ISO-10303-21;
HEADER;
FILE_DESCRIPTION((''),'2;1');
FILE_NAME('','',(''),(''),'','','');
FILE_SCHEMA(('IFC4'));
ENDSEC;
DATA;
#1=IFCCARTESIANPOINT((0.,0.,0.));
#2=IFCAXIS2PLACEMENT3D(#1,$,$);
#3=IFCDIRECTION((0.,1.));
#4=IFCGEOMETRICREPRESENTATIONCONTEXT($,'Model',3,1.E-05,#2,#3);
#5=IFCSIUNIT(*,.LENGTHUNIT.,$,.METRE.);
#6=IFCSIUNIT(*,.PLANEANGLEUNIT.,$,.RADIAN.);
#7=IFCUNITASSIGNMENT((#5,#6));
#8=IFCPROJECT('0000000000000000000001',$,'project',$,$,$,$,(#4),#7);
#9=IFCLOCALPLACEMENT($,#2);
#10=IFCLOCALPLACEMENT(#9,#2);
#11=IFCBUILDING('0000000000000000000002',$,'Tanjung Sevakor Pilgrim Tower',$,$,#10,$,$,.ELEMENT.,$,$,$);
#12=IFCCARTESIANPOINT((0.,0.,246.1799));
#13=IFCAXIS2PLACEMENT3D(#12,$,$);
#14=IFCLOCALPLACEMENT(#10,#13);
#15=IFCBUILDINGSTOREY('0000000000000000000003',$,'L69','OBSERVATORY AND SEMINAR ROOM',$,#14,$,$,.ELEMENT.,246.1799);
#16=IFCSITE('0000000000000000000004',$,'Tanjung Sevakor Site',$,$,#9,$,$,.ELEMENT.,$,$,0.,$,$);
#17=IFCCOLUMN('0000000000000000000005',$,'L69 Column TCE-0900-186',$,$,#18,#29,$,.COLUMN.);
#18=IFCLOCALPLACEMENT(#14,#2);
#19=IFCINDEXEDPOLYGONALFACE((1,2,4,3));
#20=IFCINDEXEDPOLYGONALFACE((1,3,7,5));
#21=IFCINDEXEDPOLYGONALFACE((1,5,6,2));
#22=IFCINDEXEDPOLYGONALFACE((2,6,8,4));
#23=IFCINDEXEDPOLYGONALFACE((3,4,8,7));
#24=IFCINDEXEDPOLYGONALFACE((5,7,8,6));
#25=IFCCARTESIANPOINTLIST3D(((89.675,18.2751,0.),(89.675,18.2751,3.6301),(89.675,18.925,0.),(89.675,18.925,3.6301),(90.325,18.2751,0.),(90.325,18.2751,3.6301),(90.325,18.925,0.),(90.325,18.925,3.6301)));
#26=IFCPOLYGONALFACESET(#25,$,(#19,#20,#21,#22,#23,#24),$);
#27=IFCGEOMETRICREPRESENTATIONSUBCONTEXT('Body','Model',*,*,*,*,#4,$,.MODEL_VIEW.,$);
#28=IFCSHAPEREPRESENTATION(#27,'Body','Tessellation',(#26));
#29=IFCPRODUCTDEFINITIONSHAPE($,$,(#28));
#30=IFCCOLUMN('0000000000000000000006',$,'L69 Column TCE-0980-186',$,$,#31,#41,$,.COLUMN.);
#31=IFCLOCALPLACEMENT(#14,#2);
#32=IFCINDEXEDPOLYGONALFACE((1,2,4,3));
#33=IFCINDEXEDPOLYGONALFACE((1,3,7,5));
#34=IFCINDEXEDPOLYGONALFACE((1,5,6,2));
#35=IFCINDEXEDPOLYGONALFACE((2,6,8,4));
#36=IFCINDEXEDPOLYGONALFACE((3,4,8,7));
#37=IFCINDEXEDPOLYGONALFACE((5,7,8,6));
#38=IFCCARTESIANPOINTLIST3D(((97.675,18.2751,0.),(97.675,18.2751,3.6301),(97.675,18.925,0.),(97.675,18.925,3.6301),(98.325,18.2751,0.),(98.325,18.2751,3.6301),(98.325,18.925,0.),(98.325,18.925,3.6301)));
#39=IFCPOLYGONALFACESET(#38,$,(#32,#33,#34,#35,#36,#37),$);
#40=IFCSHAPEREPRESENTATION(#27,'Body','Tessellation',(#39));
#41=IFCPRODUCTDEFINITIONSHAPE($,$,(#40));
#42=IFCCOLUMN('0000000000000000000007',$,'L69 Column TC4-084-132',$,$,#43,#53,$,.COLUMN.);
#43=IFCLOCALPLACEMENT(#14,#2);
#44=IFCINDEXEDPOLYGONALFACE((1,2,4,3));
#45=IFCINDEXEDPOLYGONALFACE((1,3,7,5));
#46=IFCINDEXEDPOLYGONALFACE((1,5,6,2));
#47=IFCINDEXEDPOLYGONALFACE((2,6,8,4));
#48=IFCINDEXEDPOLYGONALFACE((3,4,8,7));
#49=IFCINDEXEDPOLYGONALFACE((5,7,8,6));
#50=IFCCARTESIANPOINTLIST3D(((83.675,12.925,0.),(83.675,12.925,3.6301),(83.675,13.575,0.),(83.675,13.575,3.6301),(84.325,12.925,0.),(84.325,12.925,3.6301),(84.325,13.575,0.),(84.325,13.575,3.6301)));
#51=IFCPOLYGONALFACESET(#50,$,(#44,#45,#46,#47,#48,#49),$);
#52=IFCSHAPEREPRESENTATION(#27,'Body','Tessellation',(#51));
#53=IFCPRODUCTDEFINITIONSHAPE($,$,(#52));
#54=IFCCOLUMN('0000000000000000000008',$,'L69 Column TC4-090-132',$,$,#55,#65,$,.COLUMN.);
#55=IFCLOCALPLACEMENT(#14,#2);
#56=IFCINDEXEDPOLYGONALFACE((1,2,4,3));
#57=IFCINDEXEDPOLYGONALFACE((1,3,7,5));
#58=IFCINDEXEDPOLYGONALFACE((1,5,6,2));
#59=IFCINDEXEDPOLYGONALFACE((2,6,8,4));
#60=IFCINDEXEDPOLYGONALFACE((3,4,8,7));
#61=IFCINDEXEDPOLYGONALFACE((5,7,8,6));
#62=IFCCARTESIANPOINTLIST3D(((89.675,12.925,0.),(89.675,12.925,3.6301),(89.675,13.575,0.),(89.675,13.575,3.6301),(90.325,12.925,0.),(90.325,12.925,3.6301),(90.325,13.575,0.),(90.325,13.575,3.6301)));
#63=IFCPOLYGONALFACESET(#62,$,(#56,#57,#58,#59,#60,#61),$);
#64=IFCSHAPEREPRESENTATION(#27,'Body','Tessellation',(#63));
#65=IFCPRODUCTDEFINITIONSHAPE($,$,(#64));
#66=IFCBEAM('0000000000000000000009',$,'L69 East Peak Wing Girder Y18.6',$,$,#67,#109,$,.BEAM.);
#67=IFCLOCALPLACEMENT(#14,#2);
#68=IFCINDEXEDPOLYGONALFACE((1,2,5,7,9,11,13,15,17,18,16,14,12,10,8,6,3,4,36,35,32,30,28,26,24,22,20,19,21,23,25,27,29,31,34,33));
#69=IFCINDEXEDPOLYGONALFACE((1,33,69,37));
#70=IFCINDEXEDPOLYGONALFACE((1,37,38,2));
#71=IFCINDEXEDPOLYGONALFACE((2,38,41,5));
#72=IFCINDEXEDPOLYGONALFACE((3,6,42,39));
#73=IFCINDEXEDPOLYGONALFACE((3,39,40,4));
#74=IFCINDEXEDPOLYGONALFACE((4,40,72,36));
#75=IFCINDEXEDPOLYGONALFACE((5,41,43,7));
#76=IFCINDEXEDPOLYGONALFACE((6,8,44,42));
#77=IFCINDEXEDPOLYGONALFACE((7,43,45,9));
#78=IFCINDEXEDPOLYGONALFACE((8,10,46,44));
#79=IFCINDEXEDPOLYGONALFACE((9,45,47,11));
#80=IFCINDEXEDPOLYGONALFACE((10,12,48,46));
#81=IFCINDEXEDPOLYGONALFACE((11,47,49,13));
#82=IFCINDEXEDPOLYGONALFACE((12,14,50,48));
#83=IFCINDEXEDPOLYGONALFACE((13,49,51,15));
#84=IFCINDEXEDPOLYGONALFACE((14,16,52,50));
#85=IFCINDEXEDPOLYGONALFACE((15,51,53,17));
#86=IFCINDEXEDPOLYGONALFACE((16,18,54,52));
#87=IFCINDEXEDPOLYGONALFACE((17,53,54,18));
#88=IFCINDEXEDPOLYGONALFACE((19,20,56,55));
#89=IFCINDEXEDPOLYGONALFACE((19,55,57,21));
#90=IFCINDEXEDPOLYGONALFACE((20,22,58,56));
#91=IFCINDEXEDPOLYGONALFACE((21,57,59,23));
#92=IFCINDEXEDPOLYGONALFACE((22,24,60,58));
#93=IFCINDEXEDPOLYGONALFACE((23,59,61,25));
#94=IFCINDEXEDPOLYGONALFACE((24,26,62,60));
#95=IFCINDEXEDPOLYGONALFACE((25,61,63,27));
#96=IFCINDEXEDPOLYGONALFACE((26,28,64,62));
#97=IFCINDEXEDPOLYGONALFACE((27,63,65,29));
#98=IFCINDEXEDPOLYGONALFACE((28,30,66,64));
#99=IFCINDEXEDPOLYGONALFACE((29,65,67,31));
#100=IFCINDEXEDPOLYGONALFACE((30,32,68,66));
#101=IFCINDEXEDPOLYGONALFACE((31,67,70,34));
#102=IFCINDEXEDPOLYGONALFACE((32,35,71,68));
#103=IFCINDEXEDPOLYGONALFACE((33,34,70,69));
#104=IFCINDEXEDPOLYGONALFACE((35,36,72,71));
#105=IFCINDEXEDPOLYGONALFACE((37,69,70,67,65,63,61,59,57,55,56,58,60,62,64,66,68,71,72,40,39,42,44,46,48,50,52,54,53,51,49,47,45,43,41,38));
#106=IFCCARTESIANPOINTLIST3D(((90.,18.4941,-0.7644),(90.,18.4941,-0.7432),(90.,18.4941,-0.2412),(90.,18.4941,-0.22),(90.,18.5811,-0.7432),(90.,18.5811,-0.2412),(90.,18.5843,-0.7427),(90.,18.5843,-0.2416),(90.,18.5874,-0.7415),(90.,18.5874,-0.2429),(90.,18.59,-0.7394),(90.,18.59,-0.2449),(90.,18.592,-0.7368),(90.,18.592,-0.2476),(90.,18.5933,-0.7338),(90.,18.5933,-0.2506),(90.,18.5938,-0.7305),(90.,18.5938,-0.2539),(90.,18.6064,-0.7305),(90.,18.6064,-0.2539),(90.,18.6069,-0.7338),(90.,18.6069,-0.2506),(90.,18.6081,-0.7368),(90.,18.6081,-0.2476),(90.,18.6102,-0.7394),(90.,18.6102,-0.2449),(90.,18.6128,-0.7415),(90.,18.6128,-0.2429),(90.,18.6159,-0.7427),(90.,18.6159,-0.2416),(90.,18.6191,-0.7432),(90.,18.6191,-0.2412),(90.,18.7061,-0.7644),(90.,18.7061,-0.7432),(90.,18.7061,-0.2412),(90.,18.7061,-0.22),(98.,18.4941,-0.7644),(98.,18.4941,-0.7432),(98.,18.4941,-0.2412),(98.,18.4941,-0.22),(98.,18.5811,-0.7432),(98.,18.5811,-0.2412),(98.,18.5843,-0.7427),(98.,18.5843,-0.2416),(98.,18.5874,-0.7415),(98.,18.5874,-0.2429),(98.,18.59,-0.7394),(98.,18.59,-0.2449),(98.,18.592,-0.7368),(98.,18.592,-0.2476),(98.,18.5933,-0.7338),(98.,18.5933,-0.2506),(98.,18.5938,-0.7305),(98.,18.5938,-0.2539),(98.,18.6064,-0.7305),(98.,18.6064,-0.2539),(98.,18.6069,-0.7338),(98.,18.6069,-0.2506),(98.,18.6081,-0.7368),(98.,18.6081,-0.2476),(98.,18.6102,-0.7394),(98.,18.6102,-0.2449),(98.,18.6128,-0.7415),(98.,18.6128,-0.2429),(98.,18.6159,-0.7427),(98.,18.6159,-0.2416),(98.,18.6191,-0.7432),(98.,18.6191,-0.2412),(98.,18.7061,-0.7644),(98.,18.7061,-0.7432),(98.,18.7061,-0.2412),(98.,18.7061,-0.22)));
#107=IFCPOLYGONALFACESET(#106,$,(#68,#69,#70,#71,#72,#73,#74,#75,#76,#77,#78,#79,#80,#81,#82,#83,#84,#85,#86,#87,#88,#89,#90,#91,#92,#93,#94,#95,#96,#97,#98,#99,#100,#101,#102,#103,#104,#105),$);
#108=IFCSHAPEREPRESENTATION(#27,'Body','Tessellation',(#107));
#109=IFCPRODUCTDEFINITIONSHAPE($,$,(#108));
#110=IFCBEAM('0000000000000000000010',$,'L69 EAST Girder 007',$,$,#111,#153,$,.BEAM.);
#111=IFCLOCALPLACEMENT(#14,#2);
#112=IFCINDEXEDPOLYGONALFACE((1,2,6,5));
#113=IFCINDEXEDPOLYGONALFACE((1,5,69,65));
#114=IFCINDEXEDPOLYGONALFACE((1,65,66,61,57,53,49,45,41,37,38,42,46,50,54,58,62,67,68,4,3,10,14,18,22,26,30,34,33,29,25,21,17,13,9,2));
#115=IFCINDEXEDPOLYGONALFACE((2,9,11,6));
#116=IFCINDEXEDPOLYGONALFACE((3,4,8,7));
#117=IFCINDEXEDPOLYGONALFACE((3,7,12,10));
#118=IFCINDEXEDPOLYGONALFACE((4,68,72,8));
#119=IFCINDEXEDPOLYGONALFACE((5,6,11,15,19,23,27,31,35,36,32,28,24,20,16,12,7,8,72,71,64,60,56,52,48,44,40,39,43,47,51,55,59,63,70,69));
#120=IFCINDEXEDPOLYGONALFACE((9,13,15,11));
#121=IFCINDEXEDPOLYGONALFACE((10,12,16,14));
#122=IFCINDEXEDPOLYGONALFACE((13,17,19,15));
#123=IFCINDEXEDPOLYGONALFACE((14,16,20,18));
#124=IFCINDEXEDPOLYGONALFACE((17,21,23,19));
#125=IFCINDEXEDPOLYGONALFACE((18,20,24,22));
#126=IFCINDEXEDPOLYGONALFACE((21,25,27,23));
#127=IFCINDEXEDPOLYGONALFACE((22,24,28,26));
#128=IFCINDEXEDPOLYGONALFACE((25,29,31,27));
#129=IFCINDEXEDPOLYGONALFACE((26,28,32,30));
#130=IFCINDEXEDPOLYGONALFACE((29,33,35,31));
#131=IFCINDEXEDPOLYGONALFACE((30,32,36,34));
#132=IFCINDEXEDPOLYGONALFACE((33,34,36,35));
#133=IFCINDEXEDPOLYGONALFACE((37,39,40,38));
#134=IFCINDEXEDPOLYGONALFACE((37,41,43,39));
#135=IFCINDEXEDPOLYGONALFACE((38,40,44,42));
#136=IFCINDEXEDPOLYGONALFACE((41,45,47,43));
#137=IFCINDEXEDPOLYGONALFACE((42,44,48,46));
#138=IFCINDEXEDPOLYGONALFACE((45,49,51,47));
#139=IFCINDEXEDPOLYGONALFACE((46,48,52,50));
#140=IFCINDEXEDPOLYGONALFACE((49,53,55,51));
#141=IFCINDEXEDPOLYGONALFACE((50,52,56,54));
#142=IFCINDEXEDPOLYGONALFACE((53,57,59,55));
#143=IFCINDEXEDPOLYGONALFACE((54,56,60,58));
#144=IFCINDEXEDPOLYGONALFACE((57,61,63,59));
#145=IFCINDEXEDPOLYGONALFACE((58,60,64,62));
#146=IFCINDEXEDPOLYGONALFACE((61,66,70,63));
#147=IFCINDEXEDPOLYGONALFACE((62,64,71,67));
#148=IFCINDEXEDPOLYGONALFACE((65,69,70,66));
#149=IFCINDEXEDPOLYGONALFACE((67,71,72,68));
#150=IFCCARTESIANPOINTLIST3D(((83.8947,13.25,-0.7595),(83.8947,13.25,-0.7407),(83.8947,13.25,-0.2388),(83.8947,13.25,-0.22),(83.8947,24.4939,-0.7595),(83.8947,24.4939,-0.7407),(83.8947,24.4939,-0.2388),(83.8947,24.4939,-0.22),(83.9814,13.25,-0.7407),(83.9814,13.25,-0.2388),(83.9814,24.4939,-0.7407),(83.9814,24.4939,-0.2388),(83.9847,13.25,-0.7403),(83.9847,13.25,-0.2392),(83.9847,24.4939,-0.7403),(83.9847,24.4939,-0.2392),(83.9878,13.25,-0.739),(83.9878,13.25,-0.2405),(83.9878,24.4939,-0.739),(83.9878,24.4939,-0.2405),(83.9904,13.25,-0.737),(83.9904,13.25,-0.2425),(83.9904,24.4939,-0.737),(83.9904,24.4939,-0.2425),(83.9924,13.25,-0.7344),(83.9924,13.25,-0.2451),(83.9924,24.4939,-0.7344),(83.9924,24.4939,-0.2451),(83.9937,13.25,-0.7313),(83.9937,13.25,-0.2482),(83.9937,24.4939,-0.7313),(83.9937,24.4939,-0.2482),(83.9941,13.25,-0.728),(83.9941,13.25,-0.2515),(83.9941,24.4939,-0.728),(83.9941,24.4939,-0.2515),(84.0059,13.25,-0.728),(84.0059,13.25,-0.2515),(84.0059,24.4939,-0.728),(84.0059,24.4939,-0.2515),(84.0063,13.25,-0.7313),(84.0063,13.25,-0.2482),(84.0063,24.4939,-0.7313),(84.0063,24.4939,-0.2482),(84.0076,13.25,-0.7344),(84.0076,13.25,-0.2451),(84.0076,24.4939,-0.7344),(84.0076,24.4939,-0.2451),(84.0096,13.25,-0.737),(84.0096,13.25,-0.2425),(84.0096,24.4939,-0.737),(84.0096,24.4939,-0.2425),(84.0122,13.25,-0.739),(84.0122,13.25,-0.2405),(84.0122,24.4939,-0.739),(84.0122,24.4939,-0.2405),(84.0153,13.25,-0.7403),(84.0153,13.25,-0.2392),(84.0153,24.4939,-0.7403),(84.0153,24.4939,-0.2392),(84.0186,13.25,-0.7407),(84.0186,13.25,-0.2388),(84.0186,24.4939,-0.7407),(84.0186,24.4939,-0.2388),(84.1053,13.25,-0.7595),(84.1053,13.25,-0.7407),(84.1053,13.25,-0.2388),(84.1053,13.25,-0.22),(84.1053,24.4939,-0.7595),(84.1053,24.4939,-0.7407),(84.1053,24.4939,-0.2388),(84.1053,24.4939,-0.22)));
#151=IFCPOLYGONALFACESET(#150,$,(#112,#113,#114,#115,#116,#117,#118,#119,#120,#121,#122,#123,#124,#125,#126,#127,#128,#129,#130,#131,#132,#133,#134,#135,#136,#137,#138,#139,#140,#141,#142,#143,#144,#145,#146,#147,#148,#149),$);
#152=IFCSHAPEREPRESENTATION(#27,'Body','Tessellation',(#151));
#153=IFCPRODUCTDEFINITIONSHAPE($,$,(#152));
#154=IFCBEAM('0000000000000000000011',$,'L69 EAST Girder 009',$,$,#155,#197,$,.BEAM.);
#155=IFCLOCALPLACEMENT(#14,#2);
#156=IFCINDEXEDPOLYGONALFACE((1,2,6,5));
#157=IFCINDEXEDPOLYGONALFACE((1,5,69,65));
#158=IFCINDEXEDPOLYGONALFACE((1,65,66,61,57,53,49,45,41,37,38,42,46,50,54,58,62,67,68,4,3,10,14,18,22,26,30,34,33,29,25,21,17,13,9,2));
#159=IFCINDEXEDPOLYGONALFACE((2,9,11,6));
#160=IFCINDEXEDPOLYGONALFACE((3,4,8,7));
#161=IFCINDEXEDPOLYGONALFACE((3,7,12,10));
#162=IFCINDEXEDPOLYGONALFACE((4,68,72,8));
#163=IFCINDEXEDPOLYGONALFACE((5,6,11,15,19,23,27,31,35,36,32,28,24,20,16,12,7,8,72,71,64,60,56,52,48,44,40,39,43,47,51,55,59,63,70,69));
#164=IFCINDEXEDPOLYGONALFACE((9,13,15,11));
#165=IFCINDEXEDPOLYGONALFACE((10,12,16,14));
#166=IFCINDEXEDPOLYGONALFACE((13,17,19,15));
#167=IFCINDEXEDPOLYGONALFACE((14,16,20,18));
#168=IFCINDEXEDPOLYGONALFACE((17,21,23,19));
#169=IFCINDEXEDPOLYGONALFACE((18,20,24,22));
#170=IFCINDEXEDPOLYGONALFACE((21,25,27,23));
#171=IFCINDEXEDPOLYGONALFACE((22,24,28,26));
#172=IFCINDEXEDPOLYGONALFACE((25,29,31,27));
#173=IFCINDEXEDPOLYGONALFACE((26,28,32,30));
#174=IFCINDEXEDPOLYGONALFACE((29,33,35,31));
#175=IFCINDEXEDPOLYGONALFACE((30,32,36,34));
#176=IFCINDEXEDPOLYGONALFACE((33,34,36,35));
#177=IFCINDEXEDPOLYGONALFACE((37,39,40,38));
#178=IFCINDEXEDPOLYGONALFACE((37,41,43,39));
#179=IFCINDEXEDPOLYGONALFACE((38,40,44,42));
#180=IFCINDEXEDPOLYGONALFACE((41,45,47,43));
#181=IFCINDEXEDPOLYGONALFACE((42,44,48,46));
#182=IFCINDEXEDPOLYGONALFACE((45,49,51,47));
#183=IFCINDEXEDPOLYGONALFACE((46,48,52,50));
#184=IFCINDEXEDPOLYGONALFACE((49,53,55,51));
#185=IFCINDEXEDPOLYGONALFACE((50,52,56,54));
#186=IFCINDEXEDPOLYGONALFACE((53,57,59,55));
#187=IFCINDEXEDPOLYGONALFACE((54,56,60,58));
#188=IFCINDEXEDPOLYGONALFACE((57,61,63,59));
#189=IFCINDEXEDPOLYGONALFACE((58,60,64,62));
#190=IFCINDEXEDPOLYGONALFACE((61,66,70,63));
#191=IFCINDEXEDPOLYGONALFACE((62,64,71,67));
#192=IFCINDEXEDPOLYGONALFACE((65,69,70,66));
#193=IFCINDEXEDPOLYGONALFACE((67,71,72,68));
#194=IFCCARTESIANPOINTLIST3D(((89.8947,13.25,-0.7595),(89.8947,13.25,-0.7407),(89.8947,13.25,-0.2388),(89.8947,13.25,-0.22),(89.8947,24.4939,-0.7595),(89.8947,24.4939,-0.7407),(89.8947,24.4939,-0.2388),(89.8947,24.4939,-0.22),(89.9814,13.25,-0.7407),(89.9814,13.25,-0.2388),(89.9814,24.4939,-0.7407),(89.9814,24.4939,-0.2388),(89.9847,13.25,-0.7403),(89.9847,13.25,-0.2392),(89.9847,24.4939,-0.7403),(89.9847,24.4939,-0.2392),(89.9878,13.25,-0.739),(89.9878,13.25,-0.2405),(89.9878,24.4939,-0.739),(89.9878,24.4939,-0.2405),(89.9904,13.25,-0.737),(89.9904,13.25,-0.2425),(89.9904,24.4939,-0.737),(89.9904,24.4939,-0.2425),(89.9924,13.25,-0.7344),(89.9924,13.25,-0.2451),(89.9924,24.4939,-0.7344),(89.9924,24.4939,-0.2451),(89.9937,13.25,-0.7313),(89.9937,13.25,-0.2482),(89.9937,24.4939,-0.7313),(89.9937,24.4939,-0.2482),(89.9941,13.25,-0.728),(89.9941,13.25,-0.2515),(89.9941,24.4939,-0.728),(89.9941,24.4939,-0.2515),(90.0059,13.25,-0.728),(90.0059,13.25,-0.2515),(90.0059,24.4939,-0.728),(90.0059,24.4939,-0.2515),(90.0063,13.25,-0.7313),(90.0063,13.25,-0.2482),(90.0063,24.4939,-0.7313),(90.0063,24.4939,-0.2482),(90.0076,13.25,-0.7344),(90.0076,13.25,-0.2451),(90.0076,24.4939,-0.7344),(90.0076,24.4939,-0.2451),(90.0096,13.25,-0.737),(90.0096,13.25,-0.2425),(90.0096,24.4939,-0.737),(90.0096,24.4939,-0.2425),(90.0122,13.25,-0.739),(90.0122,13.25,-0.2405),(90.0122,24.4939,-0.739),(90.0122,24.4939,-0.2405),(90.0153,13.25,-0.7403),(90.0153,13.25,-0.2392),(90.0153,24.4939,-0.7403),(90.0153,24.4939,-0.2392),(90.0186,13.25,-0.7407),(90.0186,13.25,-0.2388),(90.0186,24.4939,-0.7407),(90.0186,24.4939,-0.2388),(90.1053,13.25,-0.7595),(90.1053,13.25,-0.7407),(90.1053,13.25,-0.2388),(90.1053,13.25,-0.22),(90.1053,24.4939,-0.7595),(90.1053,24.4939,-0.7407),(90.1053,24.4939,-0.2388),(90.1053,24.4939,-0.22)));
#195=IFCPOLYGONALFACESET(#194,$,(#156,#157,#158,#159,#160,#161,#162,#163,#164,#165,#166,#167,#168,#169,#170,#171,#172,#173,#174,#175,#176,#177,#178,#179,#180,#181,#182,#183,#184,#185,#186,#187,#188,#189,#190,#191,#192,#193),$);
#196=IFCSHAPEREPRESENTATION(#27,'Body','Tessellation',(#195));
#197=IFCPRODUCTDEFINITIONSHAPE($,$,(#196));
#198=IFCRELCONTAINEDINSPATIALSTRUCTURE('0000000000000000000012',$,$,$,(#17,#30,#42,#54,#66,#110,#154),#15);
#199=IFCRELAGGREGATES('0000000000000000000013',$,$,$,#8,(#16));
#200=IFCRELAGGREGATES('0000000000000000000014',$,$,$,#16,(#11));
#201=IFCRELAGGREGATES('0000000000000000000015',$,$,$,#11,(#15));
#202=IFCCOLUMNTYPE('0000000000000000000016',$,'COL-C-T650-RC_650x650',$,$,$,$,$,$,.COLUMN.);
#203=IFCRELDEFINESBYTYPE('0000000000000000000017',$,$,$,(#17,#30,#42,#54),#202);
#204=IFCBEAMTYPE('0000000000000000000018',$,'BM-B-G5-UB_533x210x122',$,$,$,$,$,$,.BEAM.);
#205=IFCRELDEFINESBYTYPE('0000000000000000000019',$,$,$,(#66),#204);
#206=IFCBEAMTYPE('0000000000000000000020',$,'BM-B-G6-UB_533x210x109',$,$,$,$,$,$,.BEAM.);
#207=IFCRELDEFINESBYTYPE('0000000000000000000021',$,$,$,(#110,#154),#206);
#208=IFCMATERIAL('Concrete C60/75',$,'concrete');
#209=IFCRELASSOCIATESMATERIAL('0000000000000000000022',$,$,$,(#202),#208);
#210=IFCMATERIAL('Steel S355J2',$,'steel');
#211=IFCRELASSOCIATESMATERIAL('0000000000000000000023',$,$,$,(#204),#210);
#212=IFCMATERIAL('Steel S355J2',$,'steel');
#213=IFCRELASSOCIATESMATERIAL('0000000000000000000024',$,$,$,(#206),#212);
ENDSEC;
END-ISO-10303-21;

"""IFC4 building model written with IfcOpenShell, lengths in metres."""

from ifc_helpers import new_model, si_unit, direction, frame, origin, origin_2d, place, context, subcontext, project, spatial, rectangle, i_section, extrude, material, material_profile, profile_set, type_object, element, save


model = new_model("IFC4")

# Units and contexts
model_context = context("Model", 3, precision=1e-05, world=origin(), true_north=direction((0.0, 1.0)))
body_context = subcontext(model_context, "Body", "Model", "MODEL_VIEW")
ifc_project = project(units=[si_unit("LENGTHUNIT", "METRE"), si_unit("PLANEANGLEUNIT", "RADIAN")], contexts=[model_context])

# Site, building, storey
site_placement = place(None, origin())
site = spatial("IfcSite", under=ifc_project, at=site_placement, Name="Tanjung Sevakor Site", CompositionType="ELEMENT", RefElevation=0.0)
building_placement = place(site_placement, origin())
building = spatial("IfcBuilding", under=site, at=building_placement, Name="Tanjung Sevakor Pilgrim Tower", CompositionType="ELEMENT")
storey_placement = place(building_placement, frame((0.0, 0.0, 246.1799)))
storey = spatial("IfcBuildingStorey", under=building, at=storey_placement, Name="L69", Description="OBSERVATORY AND SEMINAR ROOM", CompositionType="ELEMENT", Elevation=246.1799)

# Columns
ifc_material_1 = material(Name="Concrete C60/75", Category="concrete")
ifc_material_profile_1 = material_profile(ifc_material_1, rectangle(XDim=0.6499, YDim=0.6499, at=origin_2d()))
ifc_profile_set_1 = profile_set([ifc_material_profile_1], Name="Concrete C60/75")
column_type = type_object("IfcColumnType", Name="COL-C-T650-RC_650x650", PredefinedType="COLUMN", material=ifc_profile_set_1)
for number, where, z_axis, x_axis, name in (
    (1, (90.0, 18.6001, 0.0), (0.0, 0.0, 1.0), (1.0, 0.0, 0.0), "L69 Column TCE-0900-186"),
    (2, (98.0, 18.6001, 0.0), (0.0, 0.0, 1.0), (1.0, 0.0, 0.0), "L69 Column TCE-0980-186"),
    (3, (84.0, 13.25, 0.0), (0.0, 0.0, 1.0), (1.0, 0.0, 0.0), "L69 Column TC4-084-132"),
    (4, (90.0, 13.25, 0.0), (0.0, 0.0, 1.0), (1.0, 0.0, 0.0), "L69 Column TC4-090-132"),
):
    element("IfcColumn", number, at=place(storey_placement, frame(where, z_axis=z_axis, x_axis=x_axis)), inside=storey, type_object=column_type, Name=name, PredefinedType="COLUMN", context=body_context, shape_type="SweptSolid", body=[
        extrude(rectangle(XDim=0.6499, YDim=0.6499, at=origin_2d()), origin(), (0.0, 0.0, 1.0), 3.6301),
    ])

# Beams
ifc_material_2 = material(Name="Steel S355J2", Category="steel")
ifc_material_profile_2 = material_profile(ifc_material_2, i_section(OverallWidth=0.2119, OverallDepth=0.5444, WebThickness=0.0127, FlangeThickness=0.0212, FilletRadius=0.0127, at=origin_2d()))
ifc_profile_set_2 = profile_set([ifc_material_profile_2], Name="Steel S355J2")
beam_type_1 = type_object("IfcBeamType", Name="BM-B-G5-UB_533x210x122", PredefinedType="BEAM", material=ifc_profile_set_2)
beam_1_placement = place(storey_placement, frame((90.0, 18.6001, -0.4922), z_axis=(1.0, 0.0, 0.0), x_axis=(0.0, 1.0, 0.0)))
element("IfcBeam", 5, at=beam_1_placement, inside=storey, type_object=beam_type_1, Name="L69 East Peak Wing Girder Y18.6", PredefinedType="BEAM", context=body_context, shape_type="SweptSolid", body=[
    extrude(i_section(OverallWidth=0.2119, OverallDepth=0.5444, WebThickness=0.0127, FlangeThickness=0.0212, FilletRadius=0.0127, at=origin_2d()), origin(), (0.0, 0.0, 1.0), 8.0),
])
ifc_material_3 = material(Name="Steel S355J2", Category="steel")
ifc_material_profile_3 = material_profile(ifc_material_3, i_section(OverallWidth=0.2107, OverallDepth=0.5396, WebThickness=0.0117, FlangeThickness=0.0188, FilletRadius=0.0127, at=origin_2d()))
ifc_profile_set_3 = profile_set([ifc_material_profile_3], Name="Steel S355J2")
beam_type_2 = type_object("IfcBeamType", Name="BM-B-G6-UB_533x210x109", PredefinedType="BEAM", material=ifc_profile_set_3)
for number, where, z_axis, x_axis, name in (
    (6, (84.0, 13.25, -0.4897), (0.0, 1.0, 0.0), (-1.0, 0.0, 0.0), "L69 EAST Girder 007"),
    (7, (90.0, 13.25, -0.4897), (0.0, 1.0, 0.0), (-1.0, 0.0, 0.0), "L69 EAST Girder 009"),
):
    element("IfcBeam", number, at=place(storey_placement, frame(where, z_axis=z_axis, x_axis=x_axis)), inside=storey, type_object=beam_type_2, Name=name, PredefinedType="BEAM", context=body_context, shape_type="SweptSolid", body=[
        extrude(i_section(OverallWidth=0.2107, OverallDepth=0.5396, WebThickness=0.0117, FlangeThickness=0.0188, FilletRadius=0.0127, at=origin_2d()), origin(), (0.0, 0.0, 1.0), 11.2439),
    ])

save(model, "model.ifc")
